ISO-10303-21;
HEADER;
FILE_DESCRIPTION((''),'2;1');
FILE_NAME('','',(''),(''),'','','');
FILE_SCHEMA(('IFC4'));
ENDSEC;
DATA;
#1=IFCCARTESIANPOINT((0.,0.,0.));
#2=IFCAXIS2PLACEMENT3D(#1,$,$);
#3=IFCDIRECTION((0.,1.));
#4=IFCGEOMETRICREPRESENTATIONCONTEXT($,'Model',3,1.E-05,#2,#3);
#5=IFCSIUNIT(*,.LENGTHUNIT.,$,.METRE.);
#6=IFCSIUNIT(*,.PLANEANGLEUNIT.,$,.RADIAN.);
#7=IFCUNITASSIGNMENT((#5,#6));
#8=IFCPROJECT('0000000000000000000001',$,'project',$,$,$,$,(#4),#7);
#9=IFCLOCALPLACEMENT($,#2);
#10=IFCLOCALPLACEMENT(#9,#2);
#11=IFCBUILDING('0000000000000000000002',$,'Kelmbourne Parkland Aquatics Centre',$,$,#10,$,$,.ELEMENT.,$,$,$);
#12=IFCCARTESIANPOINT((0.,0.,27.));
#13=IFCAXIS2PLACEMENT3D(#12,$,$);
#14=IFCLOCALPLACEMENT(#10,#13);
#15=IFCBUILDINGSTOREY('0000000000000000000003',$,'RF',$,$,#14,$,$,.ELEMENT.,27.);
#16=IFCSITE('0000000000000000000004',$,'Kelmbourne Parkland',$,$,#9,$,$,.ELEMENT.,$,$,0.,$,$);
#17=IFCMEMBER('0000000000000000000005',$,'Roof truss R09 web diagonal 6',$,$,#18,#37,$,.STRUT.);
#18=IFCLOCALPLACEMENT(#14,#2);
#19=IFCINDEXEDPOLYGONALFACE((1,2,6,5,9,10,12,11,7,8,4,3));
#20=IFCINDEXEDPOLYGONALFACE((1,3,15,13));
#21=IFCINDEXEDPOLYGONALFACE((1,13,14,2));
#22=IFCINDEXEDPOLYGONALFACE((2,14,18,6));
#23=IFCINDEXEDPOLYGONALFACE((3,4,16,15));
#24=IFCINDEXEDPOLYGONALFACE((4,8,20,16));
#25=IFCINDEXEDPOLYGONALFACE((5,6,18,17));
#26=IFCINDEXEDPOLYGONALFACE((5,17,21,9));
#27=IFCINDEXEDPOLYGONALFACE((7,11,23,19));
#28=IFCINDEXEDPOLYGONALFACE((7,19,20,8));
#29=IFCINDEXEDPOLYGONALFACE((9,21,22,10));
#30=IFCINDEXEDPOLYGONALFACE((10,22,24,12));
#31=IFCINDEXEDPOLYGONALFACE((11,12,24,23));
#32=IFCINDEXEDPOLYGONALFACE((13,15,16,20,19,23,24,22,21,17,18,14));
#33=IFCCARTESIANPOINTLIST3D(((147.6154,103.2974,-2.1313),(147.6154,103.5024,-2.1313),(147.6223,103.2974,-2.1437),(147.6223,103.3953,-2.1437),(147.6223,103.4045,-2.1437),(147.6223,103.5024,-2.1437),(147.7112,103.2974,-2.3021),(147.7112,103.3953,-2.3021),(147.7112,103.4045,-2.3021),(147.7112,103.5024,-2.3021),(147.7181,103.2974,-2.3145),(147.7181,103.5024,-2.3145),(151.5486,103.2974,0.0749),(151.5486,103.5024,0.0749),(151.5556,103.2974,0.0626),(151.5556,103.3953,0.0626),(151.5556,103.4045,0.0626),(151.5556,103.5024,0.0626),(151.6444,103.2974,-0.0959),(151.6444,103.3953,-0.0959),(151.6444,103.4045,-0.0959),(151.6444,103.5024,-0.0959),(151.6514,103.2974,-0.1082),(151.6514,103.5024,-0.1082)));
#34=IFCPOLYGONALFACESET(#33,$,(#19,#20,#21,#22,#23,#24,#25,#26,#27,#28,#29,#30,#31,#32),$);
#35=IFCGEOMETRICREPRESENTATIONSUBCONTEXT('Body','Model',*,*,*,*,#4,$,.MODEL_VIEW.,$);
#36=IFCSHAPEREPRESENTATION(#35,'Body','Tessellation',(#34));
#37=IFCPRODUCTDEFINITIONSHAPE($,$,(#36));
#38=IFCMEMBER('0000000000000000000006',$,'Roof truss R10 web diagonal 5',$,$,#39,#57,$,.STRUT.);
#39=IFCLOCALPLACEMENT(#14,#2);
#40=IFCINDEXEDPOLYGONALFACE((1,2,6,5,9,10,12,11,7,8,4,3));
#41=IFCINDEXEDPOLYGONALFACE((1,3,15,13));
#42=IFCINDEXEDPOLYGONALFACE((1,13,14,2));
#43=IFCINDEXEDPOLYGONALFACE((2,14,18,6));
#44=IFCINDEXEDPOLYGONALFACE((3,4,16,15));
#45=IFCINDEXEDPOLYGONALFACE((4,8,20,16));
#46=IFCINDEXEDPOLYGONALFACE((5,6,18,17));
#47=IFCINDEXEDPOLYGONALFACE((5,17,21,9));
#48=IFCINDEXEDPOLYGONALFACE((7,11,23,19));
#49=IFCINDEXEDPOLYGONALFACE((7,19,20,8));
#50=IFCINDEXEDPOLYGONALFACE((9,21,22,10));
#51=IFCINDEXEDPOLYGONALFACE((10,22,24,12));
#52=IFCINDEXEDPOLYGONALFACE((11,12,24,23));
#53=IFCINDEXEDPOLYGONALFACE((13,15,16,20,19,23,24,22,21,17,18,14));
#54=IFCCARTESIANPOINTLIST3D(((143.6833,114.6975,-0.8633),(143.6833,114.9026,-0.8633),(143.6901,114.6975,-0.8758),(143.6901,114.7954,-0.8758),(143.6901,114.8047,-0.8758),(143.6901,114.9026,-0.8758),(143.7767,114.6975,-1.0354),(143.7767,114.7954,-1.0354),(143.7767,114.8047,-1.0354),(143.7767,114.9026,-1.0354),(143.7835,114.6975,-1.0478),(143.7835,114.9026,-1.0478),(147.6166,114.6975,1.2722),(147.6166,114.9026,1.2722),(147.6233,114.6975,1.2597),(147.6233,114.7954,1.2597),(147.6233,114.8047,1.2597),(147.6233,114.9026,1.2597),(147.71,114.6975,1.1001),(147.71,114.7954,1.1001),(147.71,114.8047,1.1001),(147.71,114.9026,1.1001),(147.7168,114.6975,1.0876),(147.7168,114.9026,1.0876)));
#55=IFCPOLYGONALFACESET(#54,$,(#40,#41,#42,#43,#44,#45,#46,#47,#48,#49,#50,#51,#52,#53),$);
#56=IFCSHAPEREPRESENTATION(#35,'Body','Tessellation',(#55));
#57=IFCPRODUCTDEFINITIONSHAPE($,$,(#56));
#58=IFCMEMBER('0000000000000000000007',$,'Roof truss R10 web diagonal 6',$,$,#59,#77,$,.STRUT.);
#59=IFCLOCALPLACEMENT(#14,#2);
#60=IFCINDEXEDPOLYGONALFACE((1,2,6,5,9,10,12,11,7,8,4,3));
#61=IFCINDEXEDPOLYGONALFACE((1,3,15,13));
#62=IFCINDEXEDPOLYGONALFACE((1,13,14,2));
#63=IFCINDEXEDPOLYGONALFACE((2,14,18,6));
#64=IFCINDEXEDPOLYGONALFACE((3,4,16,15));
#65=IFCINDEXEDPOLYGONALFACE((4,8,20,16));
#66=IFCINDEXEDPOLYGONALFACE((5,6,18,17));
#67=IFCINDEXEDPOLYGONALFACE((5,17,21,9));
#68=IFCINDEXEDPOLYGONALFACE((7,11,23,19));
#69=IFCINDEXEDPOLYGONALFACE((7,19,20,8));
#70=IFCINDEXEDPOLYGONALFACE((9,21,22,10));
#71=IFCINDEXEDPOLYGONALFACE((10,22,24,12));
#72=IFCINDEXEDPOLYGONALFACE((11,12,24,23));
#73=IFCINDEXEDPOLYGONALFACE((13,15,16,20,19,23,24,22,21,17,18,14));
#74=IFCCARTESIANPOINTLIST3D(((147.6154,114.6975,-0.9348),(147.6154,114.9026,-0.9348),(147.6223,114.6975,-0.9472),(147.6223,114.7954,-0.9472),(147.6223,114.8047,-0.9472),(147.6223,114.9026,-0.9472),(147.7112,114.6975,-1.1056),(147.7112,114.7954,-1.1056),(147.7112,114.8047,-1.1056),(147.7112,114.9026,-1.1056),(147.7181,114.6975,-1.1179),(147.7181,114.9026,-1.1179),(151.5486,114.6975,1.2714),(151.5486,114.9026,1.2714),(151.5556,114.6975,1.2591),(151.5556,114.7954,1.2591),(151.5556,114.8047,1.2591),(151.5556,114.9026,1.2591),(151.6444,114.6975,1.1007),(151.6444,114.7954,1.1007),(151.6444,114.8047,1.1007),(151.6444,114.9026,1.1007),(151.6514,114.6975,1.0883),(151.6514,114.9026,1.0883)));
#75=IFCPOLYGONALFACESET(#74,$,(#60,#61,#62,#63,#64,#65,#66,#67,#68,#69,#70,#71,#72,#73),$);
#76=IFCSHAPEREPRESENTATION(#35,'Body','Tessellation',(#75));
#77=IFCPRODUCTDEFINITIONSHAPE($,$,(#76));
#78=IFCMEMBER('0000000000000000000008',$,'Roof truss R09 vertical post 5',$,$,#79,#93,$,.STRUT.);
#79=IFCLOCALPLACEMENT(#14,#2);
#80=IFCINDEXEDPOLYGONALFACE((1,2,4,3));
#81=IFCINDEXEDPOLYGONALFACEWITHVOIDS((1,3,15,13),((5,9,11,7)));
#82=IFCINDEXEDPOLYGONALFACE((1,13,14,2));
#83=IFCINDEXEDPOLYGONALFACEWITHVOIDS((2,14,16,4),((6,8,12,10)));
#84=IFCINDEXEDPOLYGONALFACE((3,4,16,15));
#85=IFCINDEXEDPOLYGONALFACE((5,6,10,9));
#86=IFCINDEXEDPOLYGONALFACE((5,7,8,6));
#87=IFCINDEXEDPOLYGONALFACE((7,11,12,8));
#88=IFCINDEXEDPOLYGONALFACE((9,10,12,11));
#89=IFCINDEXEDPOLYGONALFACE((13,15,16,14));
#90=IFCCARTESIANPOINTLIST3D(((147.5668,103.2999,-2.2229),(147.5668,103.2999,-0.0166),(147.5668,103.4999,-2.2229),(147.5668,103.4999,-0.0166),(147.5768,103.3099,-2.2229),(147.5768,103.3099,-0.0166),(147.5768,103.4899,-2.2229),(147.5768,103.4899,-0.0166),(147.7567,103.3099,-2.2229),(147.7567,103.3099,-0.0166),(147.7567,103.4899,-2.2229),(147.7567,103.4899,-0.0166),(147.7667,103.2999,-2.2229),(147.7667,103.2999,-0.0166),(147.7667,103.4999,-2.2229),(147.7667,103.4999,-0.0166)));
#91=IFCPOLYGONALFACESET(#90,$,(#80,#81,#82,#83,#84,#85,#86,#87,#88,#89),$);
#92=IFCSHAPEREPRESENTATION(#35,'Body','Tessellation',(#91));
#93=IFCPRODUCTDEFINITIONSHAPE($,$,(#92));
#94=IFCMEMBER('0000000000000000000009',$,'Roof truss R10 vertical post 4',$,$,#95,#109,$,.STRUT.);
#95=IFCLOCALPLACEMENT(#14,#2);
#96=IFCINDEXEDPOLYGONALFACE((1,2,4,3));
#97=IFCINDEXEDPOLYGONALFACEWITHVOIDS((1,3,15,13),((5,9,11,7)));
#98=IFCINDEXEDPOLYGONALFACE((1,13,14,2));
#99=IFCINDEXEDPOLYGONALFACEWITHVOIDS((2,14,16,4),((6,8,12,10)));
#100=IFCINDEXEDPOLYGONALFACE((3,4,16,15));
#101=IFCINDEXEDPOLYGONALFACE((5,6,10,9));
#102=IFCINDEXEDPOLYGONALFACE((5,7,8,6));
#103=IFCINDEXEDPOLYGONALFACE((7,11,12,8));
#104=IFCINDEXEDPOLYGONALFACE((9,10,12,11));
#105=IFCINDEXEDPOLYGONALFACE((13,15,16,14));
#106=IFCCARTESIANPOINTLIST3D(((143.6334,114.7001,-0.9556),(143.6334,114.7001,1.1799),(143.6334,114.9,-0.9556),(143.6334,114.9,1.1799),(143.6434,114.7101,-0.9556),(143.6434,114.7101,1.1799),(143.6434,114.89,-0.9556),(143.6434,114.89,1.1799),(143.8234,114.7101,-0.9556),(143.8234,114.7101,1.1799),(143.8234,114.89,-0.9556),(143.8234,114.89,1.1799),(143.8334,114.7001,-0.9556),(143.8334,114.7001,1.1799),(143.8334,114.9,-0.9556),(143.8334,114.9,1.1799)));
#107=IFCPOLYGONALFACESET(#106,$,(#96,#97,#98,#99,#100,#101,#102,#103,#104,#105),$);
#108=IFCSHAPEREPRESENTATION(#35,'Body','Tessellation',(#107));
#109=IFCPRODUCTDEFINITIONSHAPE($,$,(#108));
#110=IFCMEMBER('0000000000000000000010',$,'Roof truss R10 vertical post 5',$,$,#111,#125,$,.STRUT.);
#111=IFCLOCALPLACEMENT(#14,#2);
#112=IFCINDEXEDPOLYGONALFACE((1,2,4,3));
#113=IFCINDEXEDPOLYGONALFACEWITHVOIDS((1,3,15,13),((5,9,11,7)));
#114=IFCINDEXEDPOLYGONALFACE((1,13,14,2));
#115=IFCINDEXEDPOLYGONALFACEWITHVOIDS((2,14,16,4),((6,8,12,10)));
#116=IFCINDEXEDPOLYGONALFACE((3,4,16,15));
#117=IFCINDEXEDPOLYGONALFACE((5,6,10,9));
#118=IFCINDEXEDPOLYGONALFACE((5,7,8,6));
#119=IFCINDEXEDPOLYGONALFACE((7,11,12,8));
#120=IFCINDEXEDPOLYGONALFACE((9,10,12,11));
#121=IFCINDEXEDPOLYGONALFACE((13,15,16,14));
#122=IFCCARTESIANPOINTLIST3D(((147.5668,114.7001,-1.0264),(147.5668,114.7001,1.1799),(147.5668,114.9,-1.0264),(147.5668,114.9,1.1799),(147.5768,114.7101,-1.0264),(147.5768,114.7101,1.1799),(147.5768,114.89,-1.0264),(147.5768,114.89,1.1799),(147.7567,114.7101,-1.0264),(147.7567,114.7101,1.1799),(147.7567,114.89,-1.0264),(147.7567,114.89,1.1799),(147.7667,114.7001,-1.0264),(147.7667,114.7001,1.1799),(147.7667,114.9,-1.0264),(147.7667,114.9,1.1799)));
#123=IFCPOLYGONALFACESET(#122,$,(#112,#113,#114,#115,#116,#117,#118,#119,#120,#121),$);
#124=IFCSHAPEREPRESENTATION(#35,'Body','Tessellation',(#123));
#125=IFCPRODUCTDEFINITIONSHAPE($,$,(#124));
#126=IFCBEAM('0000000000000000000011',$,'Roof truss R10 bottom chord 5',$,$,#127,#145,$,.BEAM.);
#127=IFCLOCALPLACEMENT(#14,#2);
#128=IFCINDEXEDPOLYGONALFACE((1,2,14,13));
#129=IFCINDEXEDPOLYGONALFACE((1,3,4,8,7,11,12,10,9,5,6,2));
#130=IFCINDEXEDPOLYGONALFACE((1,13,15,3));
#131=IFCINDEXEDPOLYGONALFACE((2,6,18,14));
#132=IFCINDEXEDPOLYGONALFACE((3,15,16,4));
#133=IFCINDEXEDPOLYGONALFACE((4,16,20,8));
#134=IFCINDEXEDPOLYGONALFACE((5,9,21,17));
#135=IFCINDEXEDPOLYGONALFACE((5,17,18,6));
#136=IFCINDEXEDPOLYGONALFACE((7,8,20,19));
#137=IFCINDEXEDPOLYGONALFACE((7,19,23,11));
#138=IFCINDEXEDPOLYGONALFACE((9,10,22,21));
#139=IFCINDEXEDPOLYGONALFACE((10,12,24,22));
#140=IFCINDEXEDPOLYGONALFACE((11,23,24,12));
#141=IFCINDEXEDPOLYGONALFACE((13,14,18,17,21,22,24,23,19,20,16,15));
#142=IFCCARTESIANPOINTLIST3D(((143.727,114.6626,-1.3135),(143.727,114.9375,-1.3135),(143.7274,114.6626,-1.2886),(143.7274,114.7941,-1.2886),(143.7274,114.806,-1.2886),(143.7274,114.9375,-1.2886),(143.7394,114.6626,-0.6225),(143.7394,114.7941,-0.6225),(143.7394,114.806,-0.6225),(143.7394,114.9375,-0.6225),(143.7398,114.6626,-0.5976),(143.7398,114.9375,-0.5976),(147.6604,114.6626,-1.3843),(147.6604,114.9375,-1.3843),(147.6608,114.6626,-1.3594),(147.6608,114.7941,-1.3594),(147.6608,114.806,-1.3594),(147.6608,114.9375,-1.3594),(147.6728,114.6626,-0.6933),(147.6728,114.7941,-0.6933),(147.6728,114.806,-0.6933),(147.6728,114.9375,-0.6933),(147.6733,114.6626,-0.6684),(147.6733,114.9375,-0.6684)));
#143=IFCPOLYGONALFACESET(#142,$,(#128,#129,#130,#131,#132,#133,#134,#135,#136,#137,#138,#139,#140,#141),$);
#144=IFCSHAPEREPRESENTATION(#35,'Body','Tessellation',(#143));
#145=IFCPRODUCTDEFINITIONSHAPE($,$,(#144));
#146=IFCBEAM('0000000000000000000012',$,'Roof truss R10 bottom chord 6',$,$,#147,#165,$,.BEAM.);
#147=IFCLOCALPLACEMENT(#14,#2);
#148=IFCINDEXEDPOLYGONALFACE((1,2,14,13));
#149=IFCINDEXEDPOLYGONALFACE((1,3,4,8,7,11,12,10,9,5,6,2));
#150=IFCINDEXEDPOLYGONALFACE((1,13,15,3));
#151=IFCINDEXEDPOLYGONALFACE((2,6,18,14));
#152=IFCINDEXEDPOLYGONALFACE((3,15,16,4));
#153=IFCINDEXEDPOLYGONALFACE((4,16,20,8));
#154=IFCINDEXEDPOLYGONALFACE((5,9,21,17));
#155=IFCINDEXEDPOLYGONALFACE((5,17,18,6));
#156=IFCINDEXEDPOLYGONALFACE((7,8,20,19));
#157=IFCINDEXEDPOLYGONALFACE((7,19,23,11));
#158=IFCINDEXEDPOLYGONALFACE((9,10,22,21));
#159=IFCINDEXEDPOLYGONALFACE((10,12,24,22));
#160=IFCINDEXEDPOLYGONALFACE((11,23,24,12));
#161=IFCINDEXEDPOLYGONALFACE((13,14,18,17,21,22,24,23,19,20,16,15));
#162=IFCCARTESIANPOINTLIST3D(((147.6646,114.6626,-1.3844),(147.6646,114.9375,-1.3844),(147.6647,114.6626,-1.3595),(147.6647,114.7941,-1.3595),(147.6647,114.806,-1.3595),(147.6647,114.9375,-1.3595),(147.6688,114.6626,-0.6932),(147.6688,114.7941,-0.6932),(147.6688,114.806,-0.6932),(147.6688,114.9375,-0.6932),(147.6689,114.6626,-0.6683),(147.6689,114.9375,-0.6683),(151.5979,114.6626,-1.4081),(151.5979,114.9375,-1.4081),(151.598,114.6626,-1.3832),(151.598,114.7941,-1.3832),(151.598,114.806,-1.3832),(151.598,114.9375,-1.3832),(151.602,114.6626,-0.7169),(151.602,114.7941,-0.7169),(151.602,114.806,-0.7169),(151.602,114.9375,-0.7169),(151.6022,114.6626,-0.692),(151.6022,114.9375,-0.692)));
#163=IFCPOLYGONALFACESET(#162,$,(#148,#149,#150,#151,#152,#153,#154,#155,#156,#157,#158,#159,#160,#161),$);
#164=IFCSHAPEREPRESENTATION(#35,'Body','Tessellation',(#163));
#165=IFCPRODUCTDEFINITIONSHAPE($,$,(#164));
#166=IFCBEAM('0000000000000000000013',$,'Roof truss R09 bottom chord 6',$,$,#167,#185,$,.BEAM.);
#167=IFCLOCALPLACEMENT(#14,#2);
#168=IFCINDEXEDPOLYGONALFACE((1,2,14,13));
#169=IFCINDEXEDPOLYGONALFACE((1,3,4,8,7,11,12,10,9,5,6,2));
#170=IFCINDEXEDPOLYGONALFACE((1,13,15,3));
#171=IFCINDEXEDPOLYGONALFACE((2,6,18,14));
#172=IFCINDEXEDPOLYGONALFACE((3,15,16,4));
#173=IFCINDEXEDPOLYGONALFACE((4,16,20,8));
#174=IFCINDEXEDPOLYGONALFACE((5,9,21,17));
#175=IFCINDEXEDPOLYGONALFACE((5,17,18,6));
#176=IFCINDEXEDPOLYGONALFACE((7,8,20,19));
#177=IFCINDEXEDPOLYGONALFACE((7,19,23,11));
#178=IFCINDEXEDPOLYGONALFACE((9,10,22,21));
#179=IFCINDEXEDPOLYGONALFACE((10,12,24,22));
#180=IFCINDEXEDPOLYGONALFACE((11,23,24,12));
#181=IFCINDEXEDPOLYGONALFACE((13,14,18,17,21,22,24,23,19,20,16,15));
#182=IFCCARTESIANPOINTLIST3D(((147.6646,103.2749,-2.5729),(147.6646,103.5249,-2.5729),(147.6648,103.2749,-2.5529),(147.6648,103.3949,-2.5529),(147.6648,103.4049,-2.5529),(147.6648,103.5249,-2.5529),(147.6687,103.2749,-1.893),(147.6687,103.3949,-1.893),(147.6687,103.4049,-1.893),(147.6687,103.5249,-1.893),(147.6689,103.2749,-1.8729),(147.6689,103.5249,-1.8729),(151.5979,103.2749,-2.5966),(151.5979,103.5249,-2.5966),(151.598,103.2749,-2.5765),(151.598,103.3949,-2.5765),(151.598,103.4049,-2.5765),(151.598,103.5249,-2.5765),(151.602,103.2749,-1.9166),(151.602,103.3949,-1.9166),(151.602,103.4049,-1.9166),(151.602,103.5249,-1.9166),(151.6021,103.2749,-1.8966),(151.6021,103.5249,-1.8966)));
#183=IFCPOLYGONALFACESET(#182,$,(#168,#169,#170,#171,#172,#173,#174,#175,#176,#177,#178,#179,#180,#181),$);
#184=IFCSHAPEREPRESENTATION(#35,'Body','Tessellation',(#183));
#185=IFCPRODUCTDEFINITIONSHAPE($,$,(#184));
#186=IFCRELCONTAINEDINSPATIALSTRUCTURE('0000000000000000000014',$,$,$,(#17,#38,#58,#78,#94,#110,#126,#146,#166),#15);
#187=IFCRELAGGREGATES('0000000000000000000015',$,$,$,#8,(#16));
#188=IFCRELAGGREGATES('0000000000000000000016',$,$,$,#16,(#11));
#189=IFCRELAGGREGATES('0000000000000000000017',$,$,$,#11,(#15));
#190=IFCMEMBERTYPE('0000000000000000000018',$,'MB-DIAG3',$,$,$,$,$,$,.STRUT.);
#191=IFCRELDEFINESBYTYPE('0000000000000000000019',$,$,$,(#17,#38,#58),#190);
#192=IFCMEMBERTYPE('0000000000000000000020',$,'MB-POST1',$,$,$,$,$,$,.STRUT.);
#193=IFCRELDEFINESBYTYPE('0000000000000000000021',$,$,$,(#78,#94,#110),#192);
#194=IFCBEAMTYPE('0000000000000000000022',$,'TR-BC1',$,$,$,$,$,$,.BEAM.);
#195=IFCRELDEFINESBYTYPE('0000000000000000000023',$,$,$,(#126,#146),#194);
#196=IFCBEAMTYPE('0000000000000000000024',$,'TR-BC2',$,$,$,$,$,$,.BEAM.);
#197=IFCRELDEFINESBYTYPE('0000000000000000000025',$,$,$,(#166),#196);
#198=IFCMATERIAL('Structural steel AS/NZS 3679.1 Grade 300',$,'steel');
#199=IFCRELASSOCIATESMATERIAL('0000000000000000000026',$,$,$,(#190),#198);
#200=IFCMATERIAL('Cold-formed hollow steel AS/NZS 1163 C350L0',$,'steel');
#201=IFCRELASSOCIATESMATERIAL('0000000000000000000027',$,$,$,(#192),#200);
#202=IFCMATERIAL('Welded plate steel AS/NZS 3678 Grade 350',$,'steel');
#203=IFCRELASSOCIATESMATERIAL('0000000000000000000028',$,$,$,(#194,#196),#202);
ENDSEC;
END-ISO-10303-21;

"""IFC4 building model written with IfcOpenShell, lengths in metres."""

from ifc_helpers import new_model, si_unit, direction, frame, origin, origin_2d, place, context, subcontext, project, spatial, hollow_rectangle, i_section, extrude, material, material_profile, profile_set, type_object, element, save


model = new_model("IFC4")

# Units and contexts
model_context = context("Model", 3, precision=1e-05, world=origin(), true_north=direction((0.0, 1.0)))
body_context = subcontext(model_context, "Body", "Model", "MODEL_VIEW")
ifc_project = project(units=[si_unit("LENGTHUNIT", "METRE"), si_unit("PLANEANGLEUNIT", "RADIAN")], contexts=[model_context])

# Site, building, storey
site_placement = place(None, origin())
site = spatial("IfcSite", under=ifc_project, at=site_placement, Name="Kelmbourne Parkland", CompositionType="ELEMENT", RefElevation=0.0)
building_placement = place(site_placement, origin())
building = spatial("IfcBuilding", under=site, at=building_placement, Name="Kelmbourne Parkland Aquatics Centre", CompositionType="ELEMENT")
storey_placement = place(building_placement, frame((0.0, 0.0, 27.0)))
storey = spatial("IfcBuildingStorey", under=building, at=storey_placement, Name="RF", CompositionType="ELEMENT", Elevation=27.0)

# Members
ifc_material_1 = material(Name="Structural steel AS/NZS 3679.1 Grade 300", Category="steel")
ifc_material_profile_1 = material_profile(ifc_material_1, i_section(OverallWidth=0.2051, OverallDepth=0.21, WebThickness=0.0093, FlangeThickness=0.0142, at=origin_2d()), Name="200UC59.5")
ifc_profile_set_1 = profile_set([ifc_material_profile_1], Name="Structural steel AS/NZS 3679.1 Grade 300")
member_type_1 = type_object("IfcMemberType", Name="MB-DIAG3", PredefinedType="STRUT", material=ifc_profile_set_1)
member_1_placement = place(storey_placement, frame((147.6667, 103.3999, -2.2229), z_axis=(0.872163, 0.0, 0.489215), x_axis=(0.0, 1.0, 0.0)))
element("IfcMember", 1, at=member_1_placement, inside=storey, type_object=member_type_1, Name="Roof truss R09 web diagonal 6", PredefinedType="STRUT", context=body_context, shape_type="SweptSolid", body=[
    extrude(i_section(OverallWidth=0.2051, OverallDepth=0.21, WebThickness=0.0093, FlangeThickness=0.0142, at=origin_2d()), origin(), (0.0, 0.0, 1.0), 4.5098),
])
member_2_placement = place(storey_placement, frame((143.7334, 114.8, -0.9556), z_axis=(0.87883, 0.0, 0.477135), x_axis=(0.0, 1.0, 0.0)))
element("IfcMember", 2, at=member_2_placement, inside=storey, type_object=member_type_1, Name="Roof truss R10 web diagonal 5", PredefinedType="STRUT", context=body_context, shape_type="SweptSolid", body=[
    extrude(i_section(OverallWidth=0.2051, OverallDepth=0.21, WebThickness=0.0093, FlangeThickness=0.0142, at=origin_2d()), origin(), (0.0, 0.0, 1.0), 4.4756),
])
member_3_placement = place(storey_placement, frame((147.6667, 114.8, -1.0264), z_axis=(0.872163, 0.0, 0.489215), x_axis=(0.0, 1.0, 0.0)))
element("IfcMember", 3, at=member_3_placement, inside=storey, type_object=member_type_1, Name="Roof truss R10 web diagonal 6", PredefinedType="STRUT", context=body_context, shape_type="SweptSolid", body=[
    extrude(i_section(OverallWidth=0.2051, OverallDepth=0.21, WebThickness=0.0093, FlangeThickness=0.0142, at=origin_2d()), origin(), (0.0, 0.0, 1.0), 4.5098),
])
ifc_material_2 = material(Name="Cold-formed hollow steel AS/NZS 1163 C350L0", Category="steel")
ifc_material_profile_2 = material_profile(ifc_material_2, hollow_rectangle(XDim=0.2, YDim=0.2, WallThickness=0.01, at=origin_2d()), Name="SHS 200x200x10.0")
ifc_profile_set_2 = profile_set([ifc_material_profile_2], Name="Cold-formed hollow steel AS/NZS 1163 C350L0")
member_type_2 = type_object("IfcMemberType", Name="MB-POST1", PredefinedType="STRUT", material=ifc_profile_set_2)
member_4_placement = place(storey_placement, frame((147.6667, 103.3999, -2.2229), z_axis=(0.0, 0.0, 1.0), x_axis=(1.0, 0.0, 0.0)))
element("IfcMember", 4, at=member_4_placement, inside=storey, type_object=member_type_2, Name="Roof truss R09 vertical post 5", PredefinedType="STRUT", context=body_context, shape_type="SweptSolid", body=[
    extrude(hollow_rectangle(XDim=0.2, YDim=0.2, WallThickness=0.01, at=origin_2d()), origin(), (0.0, 0.0, 1.0), 2.2063),
])
member_5_placement = place(storey_placement, frame((143.7334, 114.8, -0.9556), z_axis=(0.0, 0.0, 1.0), x_axis=(1.0, 0.0, 0.0)))
element("IfcMember", 5, at=member_5_placement, inside=storey, type_object=member_type_2, Name="Roof truss R10 vertical post 4", PredefinedType="STRUT", context=body_context, shape_type="SweptSolid", body=[
    extrude(hollow_rectangle(XDim=0.2, YDim=0.2, WallThickness=0.01, at=origin_2d()), origin(), (0.0, 0.0, 1.0), 2.1355),
])
member_6_placement = place(storey_placement, frame((147.6667, 114.8, -1.0264), z_axis=(0.0, 0.0, 1.0), x_axis=(1.0, 0.0, 0.0)))
element("IfcMember", 6, at=member_6_placement, inside=storey, type_object=member_type_2, Name="Roof truss R10 vertical post 5", PredefinedType="STRUT", context=body_context, shape_type="SweptSolid", body=[
    extrude(hollow_rectangle(XDim=0.2, YDim=0.2, WallThickness=0.01, at=origin_2d()), origin(), (0.0, 0.0, 1.0), 2.2063),
])

# Beams
ifc_material_3 = material(Name="Welded plate steel AS/NZS 3678 Grade 350", Category="steel")
ifc_material_profile_3 = material_profile(ifc_material_3, i_section(OverallWidth=0.2749, OverallDepth=0.7161, WebThickness=0.012, FlangeThickness=0.0249, at=origin_2d()), Name="700WB173")
ifc_profile_set_3 = profile_set([ifc_material_profile_3], Name="Welded plate steel AS/NZS 3678 Grade 350")
beam_type_1 = type_object("IfcBeamType", Name="TR-BC1", PredefinedType="BEAM", material=ifc_profile_set_3)
beam_1_placement = place(storey_placement, frame((143.7334, 114.8, -0.9556), z_axis=(0.999838, 0.0, -0.017997), x_axis=(0.0, 1.0, 0.0)))
element("IfcBeam", 7, at=beam_1_placement, inside=storey, type_object=beam_type_1, Name="Roof truss R10 bottom chord 5", PredefinedType="BEAM", context=body_context, shape_type="SweptSolid", body=[
    extrude(i_section(OverallWidth=0.2749, OverallDepth=0.7161, WebThickness=0.012, FlangeThickness=0.0249, at=origin_2d()), origin(), (0.0, 0.0, 1.0), 3.9341),
])
beam_2_placement = place(storey_placement, frame((147.6667, 114.8, -1.0264), z_axis=(0.999982, 0.0, -0.006021), x_axis=(0.0, 1.0, 0.0)))
element("IfcBeam", 8, at=beam_2_placement, inside=storey, type_object=beam_type_1, Name="Roof truss R10 bottom chord 6", PredefinedType="BEAM", context=body_context, shape_type="SweptSolid", body=[
    extrude(i_section(OverallWidth=0.2749, OverallDepth=0.7161, WebThickness=0.012, FlangeThickness=0.0249, at=origin_2d()), origin(), (0.0, 0.0, 1.0), 3.9333),
])
ifc_material_profile_4 = material_profile(ifc_material_3, i_section(OverallWidth=0.25, OverallDepth=0.7, WebThickness=0.01, FlangeThickness=0.02, at=origin_2d()), Name="700WB130")
ifc_profile_set_4 = profile_set([ifc_material_profile_4], Name="Welded plate steel AS/NZS 3678 Grade 350")
beam_type_2 = type_object("IfcBeamType", Name="TR-BC2", PredefinedType="BEAM", material=ifc_profile_set_4)
beam_3_placement = place(storey_placement, frame((147.6667, 103.3999, -2.2229), z_axis=(0.999982, 0.0, -0.006021), x_axis=(0.0, 1.0, 0.0)))
element("IfcBeam", 9, at=beam_3_placement, inside=storey, type_object=beam_type_2, Name="Roof truss R09 bottom chord 6", PredefinedType="BEAM", context=body_context, shape_type="SweptSolid", body=[
    extrude(i_section(OverallWidth=0.25, OverallDepth=0.7, WebThickness=0.01, FlangeThickness=0.02, at=origin_2d()), origin(), (0.0, 0.0, 1.0), 3.9333),
])

save(model, "model.ifc")
